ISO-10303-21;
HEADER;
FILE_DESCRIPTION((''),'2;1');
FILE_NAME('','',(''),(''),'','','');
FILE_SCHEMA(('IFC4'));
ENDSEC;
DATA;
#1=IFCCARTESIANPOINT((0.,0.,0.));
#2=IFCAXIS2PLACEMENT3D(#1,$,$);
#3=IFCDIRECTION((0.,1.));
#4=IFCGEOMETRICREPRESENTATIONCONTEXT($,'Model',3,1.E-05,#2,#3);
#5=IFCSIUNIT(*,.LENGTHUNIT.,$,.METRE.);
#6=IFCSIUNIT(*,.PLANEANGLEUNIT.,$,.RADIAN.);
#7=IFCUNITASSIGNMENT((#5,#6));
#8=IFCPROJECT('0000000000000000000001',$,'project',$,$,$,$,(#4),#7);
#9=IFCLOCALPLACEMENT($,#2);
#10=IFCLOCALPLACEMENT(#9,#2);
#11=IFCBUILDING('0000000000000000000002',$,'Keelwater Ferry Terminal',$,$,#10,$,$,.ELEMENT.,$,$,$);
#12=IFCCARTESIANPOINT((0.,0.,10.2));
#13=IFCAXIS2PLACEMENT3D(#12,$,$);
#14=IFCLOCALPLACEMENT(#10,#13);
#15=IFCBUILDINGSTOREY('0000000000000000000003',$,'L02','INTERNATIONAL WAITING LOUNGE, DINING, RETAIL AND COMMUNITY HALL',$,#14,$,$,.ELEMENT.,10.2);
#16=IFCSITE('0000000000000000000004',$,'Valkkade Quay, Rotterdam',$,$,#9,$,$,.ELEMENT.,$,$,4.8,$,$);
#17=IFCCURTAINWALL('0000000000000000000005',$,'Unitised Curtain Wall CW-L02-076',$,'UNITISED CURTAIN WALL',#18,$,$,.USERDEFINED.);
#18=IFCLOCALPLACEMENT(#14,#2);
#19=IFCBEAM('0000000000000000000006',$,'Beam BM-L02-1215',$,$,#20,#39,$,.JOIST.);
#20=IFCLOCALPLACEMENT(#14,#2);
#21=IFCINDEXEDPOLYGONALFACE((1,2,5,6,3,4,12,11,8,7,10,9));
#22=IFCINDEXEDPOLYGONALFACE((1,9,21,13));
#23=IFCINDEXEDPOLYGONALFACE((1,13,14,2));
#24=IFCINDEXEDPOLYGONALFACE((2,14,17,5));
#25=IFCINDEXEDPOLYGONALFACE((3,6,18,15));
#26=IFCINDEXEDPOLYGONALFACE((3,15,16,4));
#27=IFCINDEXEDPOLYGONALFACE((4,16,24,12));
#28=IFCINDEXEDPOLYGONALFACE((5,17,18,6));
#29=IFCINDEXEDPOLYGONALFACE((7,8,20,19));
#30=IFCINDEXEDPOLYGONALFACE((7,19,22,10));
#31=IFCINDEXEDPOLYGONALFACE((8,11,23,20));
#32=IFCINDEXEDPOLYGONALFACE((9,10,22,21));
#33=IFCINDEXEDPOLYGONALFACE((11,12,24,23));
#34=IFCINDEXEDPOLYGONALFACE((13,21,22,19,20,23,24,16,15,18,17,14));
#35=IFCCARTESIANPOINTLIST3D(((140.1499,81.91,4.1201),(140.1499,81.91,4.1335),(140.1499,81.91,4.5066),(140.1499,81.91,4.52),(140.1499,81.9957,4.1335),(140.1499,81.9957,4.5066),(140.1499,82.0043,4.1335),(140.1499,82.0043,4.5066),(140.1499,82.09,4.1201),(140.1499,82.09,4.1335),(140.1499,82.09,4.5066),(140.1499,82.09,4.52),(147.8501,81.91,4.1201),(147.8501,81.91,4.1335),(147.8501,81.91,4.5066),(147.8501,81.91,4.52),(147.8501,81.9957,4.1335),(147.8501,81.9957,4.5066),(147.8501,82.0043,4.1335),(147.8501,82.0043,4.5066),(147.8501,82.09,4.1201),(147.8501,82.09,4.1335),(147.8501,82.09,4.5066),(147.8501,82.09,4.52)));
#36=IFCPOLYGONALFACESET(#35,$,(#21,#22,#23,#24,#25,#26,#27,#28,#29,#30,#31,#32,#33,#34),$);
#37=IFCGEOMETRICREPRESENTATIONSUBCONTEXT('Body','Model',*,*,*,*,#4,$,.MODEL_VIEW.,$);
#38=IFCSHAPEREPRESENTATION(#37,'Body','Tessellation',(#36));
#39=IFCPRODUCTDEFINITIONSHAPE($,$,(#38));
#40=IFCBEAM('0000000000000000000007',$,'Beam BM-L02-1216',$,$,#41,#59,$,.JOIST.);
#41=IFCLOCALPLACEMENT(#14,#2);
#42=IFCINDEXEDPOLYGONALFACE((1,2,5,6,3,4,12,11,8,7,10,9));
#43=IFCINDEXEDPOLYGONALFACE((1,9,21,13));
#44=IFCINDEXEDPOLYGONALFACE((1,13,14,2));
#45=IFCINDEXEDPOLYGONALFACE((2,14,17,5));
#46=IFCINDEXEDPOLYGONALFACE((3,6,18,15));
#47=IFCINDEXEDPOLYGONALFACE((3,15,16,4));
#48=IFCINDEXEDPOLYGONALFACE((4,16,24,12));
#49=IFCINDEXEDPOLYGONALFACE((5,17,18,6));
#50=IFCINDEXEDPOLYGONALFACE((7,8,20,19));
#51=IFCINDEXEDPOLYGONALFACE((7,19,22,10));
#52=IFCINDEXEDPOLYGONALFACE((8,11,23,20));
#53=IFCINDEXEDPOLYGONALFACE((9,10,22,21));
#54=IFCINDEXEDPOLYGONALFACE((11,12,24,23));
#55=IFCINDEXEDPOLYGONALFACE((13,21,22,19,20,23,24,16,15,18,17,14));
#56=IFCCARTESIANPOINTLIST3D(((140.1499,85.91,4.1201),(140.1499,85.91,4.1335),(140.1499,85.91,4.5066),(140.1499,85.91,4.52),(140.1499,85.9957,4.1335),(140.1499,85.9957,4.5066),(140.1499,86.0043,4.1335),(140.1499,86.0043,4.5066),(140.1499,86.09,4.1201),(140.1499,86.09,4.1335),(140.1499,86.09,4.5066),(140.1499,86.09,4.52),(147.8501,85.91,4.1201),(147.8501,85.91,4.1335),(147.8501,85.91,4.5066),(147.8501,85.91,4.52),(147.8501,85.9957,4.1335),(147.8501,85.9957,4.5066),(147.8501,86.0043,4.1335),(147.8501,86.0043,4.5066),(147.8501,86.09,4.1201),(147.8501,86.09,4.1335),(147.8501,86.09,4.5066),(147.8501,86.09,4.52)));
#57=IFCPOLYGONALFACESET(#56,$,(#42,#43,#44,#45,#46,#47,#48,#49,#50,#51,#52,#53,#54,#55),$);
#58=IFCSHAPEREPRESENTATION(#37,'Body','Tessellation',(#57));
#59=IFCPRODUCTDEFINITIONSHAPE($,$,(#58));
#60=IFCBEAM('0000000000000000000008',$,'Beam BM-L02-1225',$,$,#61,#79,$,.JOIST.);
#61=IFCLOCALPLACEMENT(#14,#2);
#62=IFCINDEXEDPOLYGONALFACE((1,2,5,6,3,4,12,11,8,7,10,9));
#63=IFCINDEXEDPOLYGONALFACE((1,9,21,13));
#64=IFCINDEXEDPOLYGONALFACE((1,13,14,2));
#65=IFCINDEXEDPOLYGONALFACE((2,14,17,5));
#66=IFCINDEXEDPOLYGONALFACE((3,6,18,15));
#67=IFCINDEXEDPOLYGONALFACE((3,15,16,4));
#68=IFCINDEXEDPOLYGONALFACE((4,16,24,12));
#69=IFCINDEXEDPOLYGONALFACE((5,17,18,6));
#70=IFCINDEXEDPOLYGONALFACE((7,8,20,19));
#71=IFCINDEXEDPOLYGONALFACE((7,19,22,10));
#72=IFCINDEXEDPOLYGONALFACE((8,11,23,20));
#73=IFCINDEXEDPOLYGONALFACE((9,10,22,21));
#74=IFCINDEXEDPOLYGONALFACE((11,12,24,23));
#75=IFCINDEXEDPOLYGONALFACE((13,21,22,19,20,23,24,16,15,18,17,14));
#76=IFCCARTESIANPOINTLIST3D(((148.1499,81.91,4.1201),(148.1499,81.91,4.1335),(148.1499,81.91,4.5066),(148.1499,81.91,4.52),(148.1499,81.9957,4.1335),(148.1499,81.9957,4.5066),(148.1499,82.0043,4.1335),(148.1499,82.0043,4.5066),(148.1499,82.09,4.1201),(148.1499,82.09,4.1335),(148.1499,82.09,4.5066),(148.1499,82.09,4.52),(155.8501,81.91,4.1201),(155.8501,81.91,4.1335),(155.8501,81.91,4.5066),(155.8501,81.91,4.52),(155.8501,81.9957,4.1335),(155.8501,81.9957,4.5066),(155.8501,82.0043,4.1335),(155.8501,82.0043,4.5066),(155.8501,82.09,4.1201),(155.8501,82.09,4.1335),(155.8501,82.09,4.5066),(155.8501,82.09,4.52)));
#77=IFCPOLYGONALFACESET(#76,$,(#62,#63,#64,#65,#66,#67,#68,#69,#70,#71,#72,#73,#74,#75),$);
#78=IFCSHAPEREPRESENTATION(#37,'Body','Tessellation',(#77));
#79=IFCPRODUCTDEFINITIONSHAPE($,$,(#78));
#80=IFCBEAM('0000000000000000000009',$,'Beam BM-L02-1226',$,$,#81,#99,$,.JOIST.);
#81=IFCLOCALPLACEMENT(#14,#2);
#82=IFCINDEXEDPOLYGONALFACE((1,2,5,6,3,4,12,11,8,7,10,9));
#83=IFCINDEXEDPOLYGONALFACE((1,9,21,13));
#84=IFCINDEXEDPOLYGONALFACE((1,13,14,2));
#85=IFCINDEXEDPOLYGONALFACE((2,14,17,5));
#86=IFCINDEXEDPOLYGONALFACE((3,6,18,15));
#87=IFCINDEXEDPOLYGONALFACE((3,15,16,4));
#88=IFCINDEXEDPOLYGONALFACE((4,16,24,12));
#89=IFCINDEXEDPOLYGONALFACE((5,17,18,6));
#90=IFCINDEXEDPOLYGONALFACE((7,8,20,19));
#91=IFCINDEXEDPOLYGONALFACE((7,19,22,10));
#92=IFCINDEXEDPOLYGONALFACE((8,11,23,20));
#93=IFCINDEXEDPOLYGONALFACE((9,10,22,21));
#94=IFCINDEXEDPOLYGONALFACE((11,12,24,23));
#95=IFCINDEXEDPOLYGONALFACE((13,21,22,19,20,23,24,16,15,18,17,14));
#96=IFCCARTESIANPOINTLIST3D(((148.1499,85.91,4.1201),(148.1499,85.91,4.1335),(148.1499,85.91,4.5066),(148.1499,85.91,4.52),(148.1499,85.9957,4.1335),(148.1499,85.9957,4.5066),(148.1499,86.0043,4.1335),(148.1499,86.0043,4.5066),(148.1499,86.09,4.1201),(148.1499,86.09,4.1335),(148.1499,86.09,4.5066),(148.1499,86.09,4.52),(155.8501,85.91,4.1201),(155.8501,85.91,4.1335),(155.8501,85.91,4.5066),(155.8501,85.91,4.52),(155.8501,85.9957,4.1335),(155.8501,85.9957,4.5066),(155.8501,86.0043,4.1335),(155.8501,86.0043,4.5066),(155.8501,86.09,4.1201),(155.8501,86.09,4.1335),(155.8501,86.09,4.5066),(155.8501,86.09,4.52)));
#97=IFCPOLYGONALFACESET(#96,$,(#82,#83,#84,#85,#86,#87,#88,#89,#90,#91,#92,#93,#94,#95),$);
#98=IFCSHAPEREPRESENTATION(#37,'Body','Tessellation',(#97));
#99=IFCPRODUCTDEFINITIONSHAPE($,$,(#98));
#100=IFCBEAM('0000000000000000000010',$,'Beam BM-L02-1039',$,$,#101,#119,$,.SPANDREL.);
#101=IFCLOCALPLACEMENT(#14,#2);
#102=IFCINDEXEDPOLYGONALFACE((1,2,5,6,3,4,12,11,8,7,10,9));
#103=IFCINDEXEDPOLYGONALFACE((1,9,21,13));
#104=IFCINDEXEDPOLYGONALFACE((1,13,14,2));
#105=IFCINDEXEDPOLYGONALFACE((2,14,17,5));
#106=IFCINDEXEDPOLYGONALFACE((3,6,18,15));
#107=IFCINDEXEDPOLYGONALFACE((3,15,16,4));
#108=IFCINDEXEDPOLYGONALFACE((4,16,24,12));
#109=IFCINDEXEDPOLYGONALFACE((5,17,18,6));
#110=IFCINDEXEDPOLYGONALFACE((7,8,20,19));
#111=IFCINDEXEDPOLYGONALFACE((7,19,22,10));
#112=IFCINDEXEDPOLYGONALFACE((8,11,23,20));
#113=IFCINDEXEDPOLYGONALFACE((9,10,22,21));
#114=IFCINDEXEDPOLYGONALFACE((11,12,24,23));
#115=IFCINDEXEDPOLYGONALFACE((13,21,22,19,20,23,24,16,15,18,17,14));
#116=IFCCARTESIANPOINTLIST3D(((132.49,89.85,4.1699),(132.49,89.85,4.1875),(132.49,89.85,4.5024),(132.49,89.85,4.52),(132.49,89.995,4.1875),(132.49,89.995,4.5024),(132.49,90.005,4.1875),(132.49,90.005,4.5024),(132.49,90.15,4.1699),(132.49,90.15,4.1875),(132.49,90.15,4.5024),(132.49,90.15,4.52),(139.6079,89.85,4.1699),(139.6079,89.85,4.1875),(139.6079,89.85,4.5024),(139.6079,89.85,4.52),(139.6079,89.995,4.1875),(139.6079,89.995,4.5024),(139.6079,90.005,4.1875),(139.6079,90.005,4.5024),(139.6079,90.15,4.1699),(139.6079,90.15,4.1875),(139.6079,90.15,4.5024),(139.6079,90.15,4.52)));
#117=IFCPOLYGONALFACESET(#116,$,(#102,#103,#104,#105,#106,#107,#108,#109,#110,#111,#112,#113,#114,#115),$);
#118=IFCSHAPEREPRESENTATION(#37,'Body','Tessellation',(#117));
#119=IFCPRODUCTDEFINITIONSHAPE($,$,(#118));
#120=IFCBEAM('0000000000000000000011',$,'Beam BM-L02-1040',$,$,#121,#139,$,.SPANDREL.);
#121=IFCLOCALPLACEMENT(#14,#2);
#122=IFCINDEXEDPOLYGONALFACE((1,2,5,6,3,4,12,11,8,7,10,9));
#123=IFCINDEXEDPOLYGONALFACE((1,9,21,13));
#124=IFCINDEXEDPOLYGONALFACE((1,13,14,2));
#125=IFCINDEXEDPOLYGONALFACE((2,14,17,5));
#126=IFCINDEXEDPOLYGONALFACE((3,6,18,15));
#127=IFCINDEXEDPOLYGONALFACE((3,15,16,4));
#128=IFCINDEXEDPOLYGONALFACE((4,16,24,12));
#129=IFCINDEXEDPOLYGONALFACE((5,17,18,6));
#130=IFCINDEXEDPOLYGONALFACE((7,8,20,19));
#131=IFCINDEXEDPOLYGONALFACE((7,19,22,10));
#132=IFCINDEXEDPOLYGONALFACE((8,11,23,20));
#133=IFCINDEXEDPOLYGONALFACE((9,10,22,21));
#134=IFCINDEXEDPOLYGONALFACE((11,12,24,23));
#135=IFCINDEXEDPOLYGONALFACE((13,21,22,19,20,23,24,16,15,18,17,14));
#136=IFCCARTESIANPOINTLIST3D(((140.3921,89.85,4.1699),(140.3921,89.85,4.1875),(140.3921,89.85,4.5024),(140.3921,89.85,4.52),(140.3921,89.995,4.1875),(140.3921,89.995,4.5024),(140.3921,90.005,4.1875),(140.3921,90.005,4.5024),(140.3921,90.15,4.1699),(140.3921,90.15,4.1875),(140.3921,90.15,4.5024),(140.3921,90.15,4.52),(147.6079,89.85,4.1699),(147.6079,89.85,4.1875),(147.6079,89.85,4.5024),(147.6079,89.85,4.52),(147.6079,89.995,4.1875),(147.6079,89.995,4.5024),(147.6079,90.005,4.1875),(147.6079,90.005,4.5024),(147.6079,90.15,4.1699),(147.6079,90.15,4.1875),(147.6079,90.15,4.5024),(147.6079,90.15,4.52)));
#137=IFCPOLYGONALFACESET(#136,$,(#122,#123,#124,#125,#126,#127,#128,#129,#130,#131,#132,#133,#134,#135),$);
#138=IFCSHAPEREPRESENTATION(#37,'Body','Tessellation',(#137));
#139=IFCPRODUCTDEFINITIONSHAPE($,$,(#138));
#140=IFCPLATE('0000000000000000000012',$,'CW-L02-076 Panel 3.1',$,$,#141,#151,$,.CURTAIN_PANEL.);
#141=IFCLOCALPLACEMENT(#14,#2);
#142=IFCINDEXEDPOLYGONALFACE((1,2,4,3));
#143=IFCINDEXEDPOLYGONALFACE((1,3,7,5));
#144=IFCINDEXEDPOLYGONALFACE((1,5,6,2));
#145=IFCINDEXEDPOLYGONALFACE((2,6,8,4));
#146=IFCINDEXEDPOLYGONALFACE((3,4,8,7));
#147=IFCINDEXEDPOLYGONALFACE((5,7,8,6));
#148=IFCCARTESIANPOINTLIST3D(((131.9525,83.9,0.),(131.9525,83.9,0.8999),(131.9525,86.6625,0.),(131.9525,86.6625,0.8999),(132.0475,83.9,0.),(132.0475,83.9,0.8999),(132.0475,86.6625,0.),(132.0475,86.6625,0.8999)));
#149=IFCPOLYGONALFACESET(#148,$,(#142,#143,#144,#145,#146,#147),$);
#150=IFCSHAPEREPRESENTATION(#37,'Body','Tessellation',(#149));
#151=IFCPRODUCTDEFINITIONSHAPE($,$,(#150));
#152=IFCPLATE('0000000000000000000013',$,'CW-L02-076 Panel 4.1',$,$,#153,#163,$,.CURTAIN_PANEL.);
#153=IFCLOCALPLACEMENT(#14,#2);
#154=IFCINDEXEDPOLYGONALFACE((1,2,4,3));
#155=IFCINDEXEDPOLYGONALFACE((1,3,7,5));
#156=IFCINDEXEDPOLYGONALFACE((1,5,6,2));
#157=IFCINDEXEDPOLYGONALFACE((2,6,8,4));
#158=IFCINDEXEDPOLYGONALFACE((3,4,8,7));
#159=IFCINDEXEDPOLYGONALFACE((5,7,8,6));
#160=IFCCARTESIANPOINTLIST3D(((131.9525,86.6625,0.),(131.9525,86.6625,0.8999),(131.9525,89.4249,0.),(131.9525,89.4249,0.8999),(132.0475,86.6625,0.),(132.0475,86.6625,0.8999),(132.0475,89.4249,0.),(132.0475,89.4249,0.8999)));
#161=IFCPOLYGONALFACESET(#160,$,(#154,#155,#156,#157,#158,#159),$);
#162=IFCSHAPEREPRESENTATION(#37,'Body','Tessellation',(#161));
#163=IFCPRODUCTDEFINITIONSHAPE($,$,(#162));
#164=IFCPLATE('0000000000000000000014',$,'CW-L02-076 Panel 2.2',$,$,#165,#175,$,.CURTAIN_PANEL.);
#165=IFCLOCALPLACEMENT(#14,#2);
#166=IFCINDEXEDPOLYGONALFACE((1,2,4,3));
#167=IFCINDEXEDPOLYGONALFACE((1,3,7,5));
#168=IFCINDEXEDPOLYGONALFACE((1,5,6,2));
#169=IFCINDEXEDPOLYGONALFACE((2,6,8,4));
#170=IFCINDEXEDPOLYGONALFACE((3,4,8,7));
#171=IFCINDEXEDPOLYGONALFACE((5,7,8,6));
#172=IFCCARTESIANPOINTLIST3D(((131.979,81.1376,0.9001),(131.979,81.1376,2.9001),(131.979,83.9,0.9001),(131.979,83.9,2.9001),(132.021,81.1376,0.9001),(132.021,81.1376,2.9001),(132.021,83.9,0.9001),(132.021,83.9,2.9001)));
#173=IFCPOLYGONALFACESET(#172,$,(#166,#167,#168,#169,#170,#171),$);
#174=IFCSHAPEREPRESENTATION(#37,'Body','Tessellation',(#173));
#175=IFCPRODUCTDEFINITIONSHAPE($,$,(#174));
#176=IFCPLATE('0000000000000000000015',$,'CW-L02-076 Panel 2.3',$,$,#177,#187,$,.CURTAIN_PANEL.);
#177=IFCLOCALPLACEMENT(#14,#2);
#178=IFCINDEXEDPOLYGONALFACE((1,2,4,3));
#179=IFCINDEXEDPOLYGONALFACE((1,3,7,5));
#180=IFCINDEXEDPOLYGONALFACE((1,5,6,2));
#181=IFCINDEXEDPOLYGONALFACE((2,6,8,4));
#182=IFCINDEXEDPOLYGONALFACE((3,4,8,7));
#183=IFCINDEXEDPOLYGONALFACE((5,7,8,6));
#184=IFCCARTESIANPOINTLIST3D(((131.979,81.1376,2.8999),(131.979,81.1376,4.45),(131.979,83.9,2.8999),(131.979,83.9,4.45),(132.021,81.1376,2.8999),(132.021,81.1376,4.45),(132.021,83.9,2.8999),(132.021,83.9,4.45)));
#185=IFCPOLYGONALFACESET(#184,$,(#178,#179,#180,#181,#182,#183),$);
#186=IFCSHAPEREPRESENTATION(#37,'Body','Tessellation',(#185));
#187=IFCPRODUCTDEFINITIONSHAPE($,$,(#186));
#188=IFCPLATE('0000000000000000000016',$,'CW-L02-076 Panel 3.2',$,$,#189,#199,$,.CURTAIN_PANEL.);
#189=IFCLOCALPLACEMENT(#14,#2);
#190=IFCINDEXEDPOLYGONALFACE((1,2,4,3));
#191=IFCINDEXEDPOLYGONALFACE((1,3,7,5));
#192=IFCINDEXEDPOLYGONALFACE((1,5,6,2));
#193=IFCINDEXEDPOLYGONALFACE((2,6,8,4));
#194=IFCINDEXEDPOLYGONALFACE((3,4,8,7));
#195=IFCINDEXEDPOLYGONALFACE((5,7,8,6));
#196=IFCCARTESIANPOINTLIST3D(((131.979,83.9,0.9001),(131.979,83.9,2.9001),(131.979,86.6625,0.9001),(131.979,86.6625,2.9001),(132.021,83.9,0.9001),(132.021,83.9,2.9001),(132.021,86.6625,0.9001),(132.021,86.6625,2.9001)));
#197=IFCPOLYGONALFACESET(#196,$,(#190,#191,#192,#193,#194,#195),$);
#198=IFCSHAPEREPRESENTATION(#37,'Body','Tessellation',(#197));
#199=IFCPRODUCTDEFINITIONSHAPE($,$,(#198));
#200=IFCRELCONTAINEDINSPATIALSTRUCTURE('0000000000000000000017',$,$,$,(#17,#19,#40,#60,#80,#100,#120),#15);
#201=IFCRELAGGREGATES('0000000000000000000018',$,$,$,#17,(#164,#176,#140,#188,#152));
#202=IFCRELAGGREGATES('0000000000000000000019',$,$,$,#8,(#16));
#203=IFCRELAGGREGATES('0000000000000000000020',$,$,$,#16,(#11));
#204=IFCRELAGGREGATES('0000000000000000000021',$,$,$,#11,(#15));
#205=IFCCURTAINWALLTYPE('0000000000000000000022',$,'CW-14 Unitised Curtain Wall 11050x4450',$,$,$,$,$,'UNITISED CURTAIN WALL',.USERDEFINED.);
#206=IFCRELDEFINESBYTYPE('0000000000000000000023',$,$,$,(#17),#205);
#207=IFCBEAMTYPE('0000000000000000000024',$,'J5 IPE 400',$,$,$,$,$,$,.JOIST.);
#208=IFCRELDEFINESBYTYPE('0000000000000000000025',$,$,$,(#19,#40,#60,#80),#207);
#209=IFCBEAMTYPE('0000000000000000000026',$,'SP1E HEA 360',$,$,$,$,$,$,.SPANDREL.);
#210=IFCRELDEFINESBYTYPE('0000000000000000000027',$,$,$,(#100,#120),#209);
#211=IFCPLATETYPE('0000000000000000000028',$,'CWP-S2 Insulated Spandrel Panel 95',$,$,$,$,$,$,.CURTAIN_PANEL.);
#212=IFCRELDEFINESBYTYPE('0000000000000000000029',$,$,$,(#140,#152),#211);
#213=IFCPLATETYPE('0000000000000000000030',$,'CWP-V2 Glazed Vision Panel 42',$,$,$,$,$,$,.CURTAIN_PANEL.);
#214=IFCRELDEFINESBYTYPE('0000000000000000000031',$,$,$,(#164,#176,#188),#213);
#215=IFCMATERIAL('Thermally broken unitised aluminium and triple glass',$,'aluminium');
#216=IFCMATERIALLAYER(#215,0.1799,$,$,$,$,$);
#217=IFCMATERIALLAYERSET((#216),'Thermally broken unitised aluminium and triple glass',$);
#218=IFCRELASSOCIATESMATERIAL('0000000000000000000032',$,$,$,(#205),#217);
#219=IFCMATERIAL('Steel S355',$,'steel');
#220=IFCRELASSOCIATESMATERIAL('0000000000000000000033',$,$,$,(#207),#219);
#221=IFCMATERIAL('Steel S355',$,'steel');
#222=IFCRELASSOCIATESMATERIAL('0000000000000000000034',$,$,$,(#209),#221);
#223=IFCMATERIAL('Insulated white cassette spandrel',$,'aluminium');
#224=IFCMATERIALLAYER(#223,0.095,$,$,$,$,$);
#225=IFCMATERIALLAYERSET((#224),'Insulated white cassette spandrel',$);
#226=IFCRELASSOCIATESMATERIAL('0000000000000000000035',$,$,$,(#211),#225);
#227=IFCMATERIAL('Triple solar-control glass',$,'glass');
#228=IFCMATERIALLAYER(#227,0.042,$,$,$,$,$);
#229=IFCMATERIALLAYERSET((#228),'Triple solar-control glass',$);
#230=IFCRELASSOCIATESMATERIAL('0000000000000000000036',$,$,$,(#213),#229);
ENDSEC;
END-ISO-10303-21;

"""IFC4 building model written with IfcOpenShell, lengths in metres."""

from ifc_helpers import new_model, si_unit, direction, frame, origin, origin_2d, place, context, subcontext, project, spatial, rectangle, i_section, extrude, material, layer, layer_set, material_profile, profile_set, type_object, element, aggregate, save


model = new_model("IFC4")

# Units and contexts
model_context = context("Model", 3, precision=1e-05, world=origin(), true_north=direction((0.0, 1.0)))
body_context = subcontext(model_context, "Body", "Model", "MODEL_VIEW")
ifc_project = project(units=[si_unit("LENGTHUNIT", "METRE"), si_unit("PLANEANGLEUNIT", "RADIAN")], contexts=[model_context])

# Site, building, storey
site_placement = place(None, origin())
site = spatial("IfcSite", under=ifc_project, at=site_placement, Name="Valkkade Quay, Rotterdam", CompositionType="ELEMENT", RefElevation=4.8)
building_placement = place(site_placement, origin())
building = spatial("IfcBuilding", under=site, at=building_placement, Name="Keelwater Ferry Terminal", CompositionType="ELEMENT")
storey_placement = place(building_placement, frame((0.0, 0.0, 10.2)))
storey = spatial("IfcBuildingStorey", under=building, at=storey_placement, Name="L02", Description="INTERNATIONAL WAITING LOUNGE, DINING, RETAIL AND COMMUNITY HALL", CompositionType="ELEMENT", Elevation=10.2)

# Curtain wall
ifc_material_1 = material(Name="Thermally broken unitised aluminium and triple glass", Category="aluminium")
ifc_layer_1 = layer(ifc_material_1, 0.1799)
ifc_layer_set_1 = layer_set([ifc_layer_1], Name="Thermally broken unitised aluminium and triple glass")
curtain_wall_type = type_object("IfcCurtainWallType", Name="CW-14 Unitised Curtain Wall 11050x4450", ElementType="UNITISED CURTAIN WALL", PredefinedType="USERDEFINED", material=ifc_layer_set_1)
curtain_wall_placement = place(storey_placement, origin())
curtain_wall = element("IfcCurtainWall", 1, at=curtain_wall_placement, inside=storey, type_object=curtain_wall_type, Name="Unitised Curtain Wall CW-L02-076", ObjectType="UNITISED CURTAIN WALL", PredefinedType="USERDEFINED")

# Beams
ifc_material_2 = material(Name="Steel S355", Category="steel")
ifc_material_profile_1 = material_profile(ifc_material_2, i_section(OverallWidth=0.1799, OverallDepth=0.3999, WebThickness=0.0085, FlangeThickness=0.0134, at=origin_2d()), Name="IPE 400")
ifc_profile_set_1 = profile_set([ifc_material_profile_1], Name="Steel S355")
beam_type_1 = type_object("IfcBeamType", Name="J5 IPE 400", PredefinedType="JOIST", material=ifc_profile_set_1)
for number, where, z_axis, x_axis, name in (
    (2, (140.1499, 82.0, 4.3201), (1.0, 0.0, 0.0), (0.0, 1.0, 0.0), "Beam BM-L02-1215"),
    (3, (140.1499, 86.0, 4.3201), (1.0, 0.0, 0.0), (0.0, 1.0, 0.0), "Beam BM-L02-1216"),
    (4, (148.1499, 82.0, 4.3201), (1.0, 0.0, 0.0), (0.0, 1.0, 0.0), "Beam BM-L02-1225"),
    (5, (148.1499, 86.0, 4.3201), (1.0, 0.0, 0.0), (0.0, 1.0, 0.0), "Beam BM-L02-1226"),
):
    element("IfcBeam", number, at=place(storey_placement, frame(where, z_axis=z_axis, x_axis=x_axis)), inside=storey, type_object=beam_type_1, Name=name, PredefinedType="JOIST", context=body_context, shape_type="SweptSolid", body=[
        extrude(i_section(OverallWidth=0.1799, OverallDepth=0.3999, WebThickness=0.0085, FlangeThickness=0.0134, at=origin_2d()), origin(), (0.0, 0.0, 1.0), 7.7002),
    ])
ifc_material_3 = material(Name="Steel S355", Category="steel")
ifc_material_profile_2 = material_profile(ifc_material_3, i_section(OverallWidth=0.3, OverallDepth=0.3501, WebThickness=0.01, FlangeThickness=0.0176, at=origin_2d()), Name="HEA 360")
ifc_profile_set_2 = profile_set([ifc_material_profile_2], Name="Steel S355")
beam_type_2 = type_object("IfcBeamType", Name="SP1E HEA 360", PredefinedType="SPANDREL", material=ifc_profile_set_2)
beam_1_placement = place(storey_placement, frame((132.49, 90.0, 4.345), z_axis=(1.0, 0.0, 0.0), x_axis=(0.0, 1.0, 0.0)))
element("IfcBeam", 6, at=beam_1_placement, inside=storey, type_object=beam_type_2, Name="Beam BM-L02-1039", PredefinedType="SPANDREL", context=body_context, shape_type="SweptSolid", body=[
    extrude(i_section(OverallWidth=0.3, OverallDepth=0.3501, WebThickness=0.01, FlangeThickness=0.0176, at=origin_2d()), origin(), (0.0, 0.0, 1.0), 7.1179),
])
beam_2_placement = place(storey_placement, frame((140.3921, 90.0, 4.345), z_axis=(1.0, 0.0, 0.0), x_axis=(0.0, 1.0, 0.0)))
element("IfcBeam", 7, at=beam_2_placement, inside=storey, type_object=beam_type_2, Name="Beam BM-L02-1040", PredefinedType="SPANDREL", context=body_context, shape_type="SweptSolid", body=[
    extrude(i_section(OverallWidth=0.3, OverallDepth=0.3501, WebThickness=0.01, FlangeThickness=0.0176, at=origin_2d()), origin(), (0.0, 0.0, 1.0), 7.2158),
])

# Plates
ifc_material_4 = material(Name="Insulated white cassette spandrel", Category="aluminium")
ifc_layer_2 = layer(ifc_material_4, 0.095)
ifc_layer_set_2 = layer_set([ifc_layer_2], Name="Insulated white cassette spandrel")
plate_type_1 = type_object("IfcPlateType", Name="CWP-S2 Insulated Spandrel Panel 95", PredefinedType="CURTAIN_PANEL", material=ifc_layer_set_2)
plate_1_placement = place(storey_placement, frame((132.0, 85.2812, 0.0), z_axis=(0.0, 0.0, 1.0), x_axis=(0.0, 1.0, 0.0)))
plate_1 = element("IfcPlate", 8, at=plate_1_placement, type_object=plate_type_1, Name="CW-L02-076 Panel 3.1", PredefinedType="CURTAIN_PANEL", context=body_context, shape_type="SweptSolid", body=[
    extrude(rectangle(XDim=2.7625, YDim=0.095, at=origin_2d()), origin(), (0.0, 0.0, 1.0), 0.8999),
])
plate_2_placement = place(storey_placement, frame((132.0, 88.0437, 0.0), z_axis=(0.0, 0.0, 1.0), x_axis=(0.0, 1.0, 0.0)))
plate_2 = element("IfcPlate", 9, at=plate_2_placement, type_object=plate_type_1, Name="CW-L02-076 Panel 4.1", PredefinedType="CURTAIN_PANEL", context=body_context, shape_type="SweptSolid", body=[
    extrude(rectangle(XDim=2.7625, YDim=0.095, at=origin_2d()), origin(), (0.0, 0.0, 1.0), 0.8999),
])
ifc_material_5 = material(Name="Triple solar-control glass", Category="glass")
ifc_layer_3 = layer(ifc_material_5, 0.042)
ifc_layer_set_3 = layer_set([ifc_layer_3], Name="Triple solar-control glass")
plate_type_2 = type_object("IfcPlateType", Name="CWP-V2 Glazed Vision Panel 42", PredefinedType="CURTAIN_PANEL", material=ifc_layer_set_3)
plate_3_placement = place(storey_placement, frame((132.0, 82.5188, 0.9001), z_axis=(0.0, 0.0, 1.0), x_axis=(0.0, 1.0, 0.0)))
plate_3 = element("IfcPlate", 10, at=plate_3_placement, type_object=plate_type_2, Name="CW-L02-076 Panel 2.2", PredefinedType="CURTAIN_PANEL", context=body_context, shape_type="SweptSolid", body=[
    extrude(rectangle(XDim=2.7625, YDim=0.042, at=origin_2d()), origin(), (0.0, 0.0, 1.0), 2.0),
])
plate_4_placement = place(storey_placement, frame((132.0, 82.5188, 2.8999), z_axis=(0.0, 0.0, 1.0), x_axis=(0.0, 1.0, 0.0)))
plate_4 = element("IfcPlate", 11, at=plate_4_placement, type_object=plate_type_2, Name="CW-L02-076 Panel 2.3", PredefinedType="CURTAIN_PANEL", context=body_context, shape_type="SweptSolid", body=[
    extrude(rectangle(XDim=2.7625, YDim=0.042, at=origin_2d()), origin(), (0.0, 0.0, 1.0), 1.55),
])
plate_5_placement = place(storey_placement, frame((132.0, 85.2812, 0.9001), z_axis=(0.0, 0.0, 1.0), x_axis=(0.0, 1.0, 0.0)))
plate_5 = element("IfcPlate", 12, at=plate_5_placement, type_object=plate_type_2, Name="CW-L02-076 Panel 3.2", PredefinedType="CURTAIN_PANEL", context=body_context, shape_type="SweptSolid", body=[
    extrude(rectangle(XDim=2.7625, YDim=0.042, at=origin_2d()), origin(), (0.0, 0.0, 1.0), 2.0),
])
aggregate(curtain_wall, [plate_3, plate_4, plate_1, plate_5, plate_2])

save(model, "model.ifc")
